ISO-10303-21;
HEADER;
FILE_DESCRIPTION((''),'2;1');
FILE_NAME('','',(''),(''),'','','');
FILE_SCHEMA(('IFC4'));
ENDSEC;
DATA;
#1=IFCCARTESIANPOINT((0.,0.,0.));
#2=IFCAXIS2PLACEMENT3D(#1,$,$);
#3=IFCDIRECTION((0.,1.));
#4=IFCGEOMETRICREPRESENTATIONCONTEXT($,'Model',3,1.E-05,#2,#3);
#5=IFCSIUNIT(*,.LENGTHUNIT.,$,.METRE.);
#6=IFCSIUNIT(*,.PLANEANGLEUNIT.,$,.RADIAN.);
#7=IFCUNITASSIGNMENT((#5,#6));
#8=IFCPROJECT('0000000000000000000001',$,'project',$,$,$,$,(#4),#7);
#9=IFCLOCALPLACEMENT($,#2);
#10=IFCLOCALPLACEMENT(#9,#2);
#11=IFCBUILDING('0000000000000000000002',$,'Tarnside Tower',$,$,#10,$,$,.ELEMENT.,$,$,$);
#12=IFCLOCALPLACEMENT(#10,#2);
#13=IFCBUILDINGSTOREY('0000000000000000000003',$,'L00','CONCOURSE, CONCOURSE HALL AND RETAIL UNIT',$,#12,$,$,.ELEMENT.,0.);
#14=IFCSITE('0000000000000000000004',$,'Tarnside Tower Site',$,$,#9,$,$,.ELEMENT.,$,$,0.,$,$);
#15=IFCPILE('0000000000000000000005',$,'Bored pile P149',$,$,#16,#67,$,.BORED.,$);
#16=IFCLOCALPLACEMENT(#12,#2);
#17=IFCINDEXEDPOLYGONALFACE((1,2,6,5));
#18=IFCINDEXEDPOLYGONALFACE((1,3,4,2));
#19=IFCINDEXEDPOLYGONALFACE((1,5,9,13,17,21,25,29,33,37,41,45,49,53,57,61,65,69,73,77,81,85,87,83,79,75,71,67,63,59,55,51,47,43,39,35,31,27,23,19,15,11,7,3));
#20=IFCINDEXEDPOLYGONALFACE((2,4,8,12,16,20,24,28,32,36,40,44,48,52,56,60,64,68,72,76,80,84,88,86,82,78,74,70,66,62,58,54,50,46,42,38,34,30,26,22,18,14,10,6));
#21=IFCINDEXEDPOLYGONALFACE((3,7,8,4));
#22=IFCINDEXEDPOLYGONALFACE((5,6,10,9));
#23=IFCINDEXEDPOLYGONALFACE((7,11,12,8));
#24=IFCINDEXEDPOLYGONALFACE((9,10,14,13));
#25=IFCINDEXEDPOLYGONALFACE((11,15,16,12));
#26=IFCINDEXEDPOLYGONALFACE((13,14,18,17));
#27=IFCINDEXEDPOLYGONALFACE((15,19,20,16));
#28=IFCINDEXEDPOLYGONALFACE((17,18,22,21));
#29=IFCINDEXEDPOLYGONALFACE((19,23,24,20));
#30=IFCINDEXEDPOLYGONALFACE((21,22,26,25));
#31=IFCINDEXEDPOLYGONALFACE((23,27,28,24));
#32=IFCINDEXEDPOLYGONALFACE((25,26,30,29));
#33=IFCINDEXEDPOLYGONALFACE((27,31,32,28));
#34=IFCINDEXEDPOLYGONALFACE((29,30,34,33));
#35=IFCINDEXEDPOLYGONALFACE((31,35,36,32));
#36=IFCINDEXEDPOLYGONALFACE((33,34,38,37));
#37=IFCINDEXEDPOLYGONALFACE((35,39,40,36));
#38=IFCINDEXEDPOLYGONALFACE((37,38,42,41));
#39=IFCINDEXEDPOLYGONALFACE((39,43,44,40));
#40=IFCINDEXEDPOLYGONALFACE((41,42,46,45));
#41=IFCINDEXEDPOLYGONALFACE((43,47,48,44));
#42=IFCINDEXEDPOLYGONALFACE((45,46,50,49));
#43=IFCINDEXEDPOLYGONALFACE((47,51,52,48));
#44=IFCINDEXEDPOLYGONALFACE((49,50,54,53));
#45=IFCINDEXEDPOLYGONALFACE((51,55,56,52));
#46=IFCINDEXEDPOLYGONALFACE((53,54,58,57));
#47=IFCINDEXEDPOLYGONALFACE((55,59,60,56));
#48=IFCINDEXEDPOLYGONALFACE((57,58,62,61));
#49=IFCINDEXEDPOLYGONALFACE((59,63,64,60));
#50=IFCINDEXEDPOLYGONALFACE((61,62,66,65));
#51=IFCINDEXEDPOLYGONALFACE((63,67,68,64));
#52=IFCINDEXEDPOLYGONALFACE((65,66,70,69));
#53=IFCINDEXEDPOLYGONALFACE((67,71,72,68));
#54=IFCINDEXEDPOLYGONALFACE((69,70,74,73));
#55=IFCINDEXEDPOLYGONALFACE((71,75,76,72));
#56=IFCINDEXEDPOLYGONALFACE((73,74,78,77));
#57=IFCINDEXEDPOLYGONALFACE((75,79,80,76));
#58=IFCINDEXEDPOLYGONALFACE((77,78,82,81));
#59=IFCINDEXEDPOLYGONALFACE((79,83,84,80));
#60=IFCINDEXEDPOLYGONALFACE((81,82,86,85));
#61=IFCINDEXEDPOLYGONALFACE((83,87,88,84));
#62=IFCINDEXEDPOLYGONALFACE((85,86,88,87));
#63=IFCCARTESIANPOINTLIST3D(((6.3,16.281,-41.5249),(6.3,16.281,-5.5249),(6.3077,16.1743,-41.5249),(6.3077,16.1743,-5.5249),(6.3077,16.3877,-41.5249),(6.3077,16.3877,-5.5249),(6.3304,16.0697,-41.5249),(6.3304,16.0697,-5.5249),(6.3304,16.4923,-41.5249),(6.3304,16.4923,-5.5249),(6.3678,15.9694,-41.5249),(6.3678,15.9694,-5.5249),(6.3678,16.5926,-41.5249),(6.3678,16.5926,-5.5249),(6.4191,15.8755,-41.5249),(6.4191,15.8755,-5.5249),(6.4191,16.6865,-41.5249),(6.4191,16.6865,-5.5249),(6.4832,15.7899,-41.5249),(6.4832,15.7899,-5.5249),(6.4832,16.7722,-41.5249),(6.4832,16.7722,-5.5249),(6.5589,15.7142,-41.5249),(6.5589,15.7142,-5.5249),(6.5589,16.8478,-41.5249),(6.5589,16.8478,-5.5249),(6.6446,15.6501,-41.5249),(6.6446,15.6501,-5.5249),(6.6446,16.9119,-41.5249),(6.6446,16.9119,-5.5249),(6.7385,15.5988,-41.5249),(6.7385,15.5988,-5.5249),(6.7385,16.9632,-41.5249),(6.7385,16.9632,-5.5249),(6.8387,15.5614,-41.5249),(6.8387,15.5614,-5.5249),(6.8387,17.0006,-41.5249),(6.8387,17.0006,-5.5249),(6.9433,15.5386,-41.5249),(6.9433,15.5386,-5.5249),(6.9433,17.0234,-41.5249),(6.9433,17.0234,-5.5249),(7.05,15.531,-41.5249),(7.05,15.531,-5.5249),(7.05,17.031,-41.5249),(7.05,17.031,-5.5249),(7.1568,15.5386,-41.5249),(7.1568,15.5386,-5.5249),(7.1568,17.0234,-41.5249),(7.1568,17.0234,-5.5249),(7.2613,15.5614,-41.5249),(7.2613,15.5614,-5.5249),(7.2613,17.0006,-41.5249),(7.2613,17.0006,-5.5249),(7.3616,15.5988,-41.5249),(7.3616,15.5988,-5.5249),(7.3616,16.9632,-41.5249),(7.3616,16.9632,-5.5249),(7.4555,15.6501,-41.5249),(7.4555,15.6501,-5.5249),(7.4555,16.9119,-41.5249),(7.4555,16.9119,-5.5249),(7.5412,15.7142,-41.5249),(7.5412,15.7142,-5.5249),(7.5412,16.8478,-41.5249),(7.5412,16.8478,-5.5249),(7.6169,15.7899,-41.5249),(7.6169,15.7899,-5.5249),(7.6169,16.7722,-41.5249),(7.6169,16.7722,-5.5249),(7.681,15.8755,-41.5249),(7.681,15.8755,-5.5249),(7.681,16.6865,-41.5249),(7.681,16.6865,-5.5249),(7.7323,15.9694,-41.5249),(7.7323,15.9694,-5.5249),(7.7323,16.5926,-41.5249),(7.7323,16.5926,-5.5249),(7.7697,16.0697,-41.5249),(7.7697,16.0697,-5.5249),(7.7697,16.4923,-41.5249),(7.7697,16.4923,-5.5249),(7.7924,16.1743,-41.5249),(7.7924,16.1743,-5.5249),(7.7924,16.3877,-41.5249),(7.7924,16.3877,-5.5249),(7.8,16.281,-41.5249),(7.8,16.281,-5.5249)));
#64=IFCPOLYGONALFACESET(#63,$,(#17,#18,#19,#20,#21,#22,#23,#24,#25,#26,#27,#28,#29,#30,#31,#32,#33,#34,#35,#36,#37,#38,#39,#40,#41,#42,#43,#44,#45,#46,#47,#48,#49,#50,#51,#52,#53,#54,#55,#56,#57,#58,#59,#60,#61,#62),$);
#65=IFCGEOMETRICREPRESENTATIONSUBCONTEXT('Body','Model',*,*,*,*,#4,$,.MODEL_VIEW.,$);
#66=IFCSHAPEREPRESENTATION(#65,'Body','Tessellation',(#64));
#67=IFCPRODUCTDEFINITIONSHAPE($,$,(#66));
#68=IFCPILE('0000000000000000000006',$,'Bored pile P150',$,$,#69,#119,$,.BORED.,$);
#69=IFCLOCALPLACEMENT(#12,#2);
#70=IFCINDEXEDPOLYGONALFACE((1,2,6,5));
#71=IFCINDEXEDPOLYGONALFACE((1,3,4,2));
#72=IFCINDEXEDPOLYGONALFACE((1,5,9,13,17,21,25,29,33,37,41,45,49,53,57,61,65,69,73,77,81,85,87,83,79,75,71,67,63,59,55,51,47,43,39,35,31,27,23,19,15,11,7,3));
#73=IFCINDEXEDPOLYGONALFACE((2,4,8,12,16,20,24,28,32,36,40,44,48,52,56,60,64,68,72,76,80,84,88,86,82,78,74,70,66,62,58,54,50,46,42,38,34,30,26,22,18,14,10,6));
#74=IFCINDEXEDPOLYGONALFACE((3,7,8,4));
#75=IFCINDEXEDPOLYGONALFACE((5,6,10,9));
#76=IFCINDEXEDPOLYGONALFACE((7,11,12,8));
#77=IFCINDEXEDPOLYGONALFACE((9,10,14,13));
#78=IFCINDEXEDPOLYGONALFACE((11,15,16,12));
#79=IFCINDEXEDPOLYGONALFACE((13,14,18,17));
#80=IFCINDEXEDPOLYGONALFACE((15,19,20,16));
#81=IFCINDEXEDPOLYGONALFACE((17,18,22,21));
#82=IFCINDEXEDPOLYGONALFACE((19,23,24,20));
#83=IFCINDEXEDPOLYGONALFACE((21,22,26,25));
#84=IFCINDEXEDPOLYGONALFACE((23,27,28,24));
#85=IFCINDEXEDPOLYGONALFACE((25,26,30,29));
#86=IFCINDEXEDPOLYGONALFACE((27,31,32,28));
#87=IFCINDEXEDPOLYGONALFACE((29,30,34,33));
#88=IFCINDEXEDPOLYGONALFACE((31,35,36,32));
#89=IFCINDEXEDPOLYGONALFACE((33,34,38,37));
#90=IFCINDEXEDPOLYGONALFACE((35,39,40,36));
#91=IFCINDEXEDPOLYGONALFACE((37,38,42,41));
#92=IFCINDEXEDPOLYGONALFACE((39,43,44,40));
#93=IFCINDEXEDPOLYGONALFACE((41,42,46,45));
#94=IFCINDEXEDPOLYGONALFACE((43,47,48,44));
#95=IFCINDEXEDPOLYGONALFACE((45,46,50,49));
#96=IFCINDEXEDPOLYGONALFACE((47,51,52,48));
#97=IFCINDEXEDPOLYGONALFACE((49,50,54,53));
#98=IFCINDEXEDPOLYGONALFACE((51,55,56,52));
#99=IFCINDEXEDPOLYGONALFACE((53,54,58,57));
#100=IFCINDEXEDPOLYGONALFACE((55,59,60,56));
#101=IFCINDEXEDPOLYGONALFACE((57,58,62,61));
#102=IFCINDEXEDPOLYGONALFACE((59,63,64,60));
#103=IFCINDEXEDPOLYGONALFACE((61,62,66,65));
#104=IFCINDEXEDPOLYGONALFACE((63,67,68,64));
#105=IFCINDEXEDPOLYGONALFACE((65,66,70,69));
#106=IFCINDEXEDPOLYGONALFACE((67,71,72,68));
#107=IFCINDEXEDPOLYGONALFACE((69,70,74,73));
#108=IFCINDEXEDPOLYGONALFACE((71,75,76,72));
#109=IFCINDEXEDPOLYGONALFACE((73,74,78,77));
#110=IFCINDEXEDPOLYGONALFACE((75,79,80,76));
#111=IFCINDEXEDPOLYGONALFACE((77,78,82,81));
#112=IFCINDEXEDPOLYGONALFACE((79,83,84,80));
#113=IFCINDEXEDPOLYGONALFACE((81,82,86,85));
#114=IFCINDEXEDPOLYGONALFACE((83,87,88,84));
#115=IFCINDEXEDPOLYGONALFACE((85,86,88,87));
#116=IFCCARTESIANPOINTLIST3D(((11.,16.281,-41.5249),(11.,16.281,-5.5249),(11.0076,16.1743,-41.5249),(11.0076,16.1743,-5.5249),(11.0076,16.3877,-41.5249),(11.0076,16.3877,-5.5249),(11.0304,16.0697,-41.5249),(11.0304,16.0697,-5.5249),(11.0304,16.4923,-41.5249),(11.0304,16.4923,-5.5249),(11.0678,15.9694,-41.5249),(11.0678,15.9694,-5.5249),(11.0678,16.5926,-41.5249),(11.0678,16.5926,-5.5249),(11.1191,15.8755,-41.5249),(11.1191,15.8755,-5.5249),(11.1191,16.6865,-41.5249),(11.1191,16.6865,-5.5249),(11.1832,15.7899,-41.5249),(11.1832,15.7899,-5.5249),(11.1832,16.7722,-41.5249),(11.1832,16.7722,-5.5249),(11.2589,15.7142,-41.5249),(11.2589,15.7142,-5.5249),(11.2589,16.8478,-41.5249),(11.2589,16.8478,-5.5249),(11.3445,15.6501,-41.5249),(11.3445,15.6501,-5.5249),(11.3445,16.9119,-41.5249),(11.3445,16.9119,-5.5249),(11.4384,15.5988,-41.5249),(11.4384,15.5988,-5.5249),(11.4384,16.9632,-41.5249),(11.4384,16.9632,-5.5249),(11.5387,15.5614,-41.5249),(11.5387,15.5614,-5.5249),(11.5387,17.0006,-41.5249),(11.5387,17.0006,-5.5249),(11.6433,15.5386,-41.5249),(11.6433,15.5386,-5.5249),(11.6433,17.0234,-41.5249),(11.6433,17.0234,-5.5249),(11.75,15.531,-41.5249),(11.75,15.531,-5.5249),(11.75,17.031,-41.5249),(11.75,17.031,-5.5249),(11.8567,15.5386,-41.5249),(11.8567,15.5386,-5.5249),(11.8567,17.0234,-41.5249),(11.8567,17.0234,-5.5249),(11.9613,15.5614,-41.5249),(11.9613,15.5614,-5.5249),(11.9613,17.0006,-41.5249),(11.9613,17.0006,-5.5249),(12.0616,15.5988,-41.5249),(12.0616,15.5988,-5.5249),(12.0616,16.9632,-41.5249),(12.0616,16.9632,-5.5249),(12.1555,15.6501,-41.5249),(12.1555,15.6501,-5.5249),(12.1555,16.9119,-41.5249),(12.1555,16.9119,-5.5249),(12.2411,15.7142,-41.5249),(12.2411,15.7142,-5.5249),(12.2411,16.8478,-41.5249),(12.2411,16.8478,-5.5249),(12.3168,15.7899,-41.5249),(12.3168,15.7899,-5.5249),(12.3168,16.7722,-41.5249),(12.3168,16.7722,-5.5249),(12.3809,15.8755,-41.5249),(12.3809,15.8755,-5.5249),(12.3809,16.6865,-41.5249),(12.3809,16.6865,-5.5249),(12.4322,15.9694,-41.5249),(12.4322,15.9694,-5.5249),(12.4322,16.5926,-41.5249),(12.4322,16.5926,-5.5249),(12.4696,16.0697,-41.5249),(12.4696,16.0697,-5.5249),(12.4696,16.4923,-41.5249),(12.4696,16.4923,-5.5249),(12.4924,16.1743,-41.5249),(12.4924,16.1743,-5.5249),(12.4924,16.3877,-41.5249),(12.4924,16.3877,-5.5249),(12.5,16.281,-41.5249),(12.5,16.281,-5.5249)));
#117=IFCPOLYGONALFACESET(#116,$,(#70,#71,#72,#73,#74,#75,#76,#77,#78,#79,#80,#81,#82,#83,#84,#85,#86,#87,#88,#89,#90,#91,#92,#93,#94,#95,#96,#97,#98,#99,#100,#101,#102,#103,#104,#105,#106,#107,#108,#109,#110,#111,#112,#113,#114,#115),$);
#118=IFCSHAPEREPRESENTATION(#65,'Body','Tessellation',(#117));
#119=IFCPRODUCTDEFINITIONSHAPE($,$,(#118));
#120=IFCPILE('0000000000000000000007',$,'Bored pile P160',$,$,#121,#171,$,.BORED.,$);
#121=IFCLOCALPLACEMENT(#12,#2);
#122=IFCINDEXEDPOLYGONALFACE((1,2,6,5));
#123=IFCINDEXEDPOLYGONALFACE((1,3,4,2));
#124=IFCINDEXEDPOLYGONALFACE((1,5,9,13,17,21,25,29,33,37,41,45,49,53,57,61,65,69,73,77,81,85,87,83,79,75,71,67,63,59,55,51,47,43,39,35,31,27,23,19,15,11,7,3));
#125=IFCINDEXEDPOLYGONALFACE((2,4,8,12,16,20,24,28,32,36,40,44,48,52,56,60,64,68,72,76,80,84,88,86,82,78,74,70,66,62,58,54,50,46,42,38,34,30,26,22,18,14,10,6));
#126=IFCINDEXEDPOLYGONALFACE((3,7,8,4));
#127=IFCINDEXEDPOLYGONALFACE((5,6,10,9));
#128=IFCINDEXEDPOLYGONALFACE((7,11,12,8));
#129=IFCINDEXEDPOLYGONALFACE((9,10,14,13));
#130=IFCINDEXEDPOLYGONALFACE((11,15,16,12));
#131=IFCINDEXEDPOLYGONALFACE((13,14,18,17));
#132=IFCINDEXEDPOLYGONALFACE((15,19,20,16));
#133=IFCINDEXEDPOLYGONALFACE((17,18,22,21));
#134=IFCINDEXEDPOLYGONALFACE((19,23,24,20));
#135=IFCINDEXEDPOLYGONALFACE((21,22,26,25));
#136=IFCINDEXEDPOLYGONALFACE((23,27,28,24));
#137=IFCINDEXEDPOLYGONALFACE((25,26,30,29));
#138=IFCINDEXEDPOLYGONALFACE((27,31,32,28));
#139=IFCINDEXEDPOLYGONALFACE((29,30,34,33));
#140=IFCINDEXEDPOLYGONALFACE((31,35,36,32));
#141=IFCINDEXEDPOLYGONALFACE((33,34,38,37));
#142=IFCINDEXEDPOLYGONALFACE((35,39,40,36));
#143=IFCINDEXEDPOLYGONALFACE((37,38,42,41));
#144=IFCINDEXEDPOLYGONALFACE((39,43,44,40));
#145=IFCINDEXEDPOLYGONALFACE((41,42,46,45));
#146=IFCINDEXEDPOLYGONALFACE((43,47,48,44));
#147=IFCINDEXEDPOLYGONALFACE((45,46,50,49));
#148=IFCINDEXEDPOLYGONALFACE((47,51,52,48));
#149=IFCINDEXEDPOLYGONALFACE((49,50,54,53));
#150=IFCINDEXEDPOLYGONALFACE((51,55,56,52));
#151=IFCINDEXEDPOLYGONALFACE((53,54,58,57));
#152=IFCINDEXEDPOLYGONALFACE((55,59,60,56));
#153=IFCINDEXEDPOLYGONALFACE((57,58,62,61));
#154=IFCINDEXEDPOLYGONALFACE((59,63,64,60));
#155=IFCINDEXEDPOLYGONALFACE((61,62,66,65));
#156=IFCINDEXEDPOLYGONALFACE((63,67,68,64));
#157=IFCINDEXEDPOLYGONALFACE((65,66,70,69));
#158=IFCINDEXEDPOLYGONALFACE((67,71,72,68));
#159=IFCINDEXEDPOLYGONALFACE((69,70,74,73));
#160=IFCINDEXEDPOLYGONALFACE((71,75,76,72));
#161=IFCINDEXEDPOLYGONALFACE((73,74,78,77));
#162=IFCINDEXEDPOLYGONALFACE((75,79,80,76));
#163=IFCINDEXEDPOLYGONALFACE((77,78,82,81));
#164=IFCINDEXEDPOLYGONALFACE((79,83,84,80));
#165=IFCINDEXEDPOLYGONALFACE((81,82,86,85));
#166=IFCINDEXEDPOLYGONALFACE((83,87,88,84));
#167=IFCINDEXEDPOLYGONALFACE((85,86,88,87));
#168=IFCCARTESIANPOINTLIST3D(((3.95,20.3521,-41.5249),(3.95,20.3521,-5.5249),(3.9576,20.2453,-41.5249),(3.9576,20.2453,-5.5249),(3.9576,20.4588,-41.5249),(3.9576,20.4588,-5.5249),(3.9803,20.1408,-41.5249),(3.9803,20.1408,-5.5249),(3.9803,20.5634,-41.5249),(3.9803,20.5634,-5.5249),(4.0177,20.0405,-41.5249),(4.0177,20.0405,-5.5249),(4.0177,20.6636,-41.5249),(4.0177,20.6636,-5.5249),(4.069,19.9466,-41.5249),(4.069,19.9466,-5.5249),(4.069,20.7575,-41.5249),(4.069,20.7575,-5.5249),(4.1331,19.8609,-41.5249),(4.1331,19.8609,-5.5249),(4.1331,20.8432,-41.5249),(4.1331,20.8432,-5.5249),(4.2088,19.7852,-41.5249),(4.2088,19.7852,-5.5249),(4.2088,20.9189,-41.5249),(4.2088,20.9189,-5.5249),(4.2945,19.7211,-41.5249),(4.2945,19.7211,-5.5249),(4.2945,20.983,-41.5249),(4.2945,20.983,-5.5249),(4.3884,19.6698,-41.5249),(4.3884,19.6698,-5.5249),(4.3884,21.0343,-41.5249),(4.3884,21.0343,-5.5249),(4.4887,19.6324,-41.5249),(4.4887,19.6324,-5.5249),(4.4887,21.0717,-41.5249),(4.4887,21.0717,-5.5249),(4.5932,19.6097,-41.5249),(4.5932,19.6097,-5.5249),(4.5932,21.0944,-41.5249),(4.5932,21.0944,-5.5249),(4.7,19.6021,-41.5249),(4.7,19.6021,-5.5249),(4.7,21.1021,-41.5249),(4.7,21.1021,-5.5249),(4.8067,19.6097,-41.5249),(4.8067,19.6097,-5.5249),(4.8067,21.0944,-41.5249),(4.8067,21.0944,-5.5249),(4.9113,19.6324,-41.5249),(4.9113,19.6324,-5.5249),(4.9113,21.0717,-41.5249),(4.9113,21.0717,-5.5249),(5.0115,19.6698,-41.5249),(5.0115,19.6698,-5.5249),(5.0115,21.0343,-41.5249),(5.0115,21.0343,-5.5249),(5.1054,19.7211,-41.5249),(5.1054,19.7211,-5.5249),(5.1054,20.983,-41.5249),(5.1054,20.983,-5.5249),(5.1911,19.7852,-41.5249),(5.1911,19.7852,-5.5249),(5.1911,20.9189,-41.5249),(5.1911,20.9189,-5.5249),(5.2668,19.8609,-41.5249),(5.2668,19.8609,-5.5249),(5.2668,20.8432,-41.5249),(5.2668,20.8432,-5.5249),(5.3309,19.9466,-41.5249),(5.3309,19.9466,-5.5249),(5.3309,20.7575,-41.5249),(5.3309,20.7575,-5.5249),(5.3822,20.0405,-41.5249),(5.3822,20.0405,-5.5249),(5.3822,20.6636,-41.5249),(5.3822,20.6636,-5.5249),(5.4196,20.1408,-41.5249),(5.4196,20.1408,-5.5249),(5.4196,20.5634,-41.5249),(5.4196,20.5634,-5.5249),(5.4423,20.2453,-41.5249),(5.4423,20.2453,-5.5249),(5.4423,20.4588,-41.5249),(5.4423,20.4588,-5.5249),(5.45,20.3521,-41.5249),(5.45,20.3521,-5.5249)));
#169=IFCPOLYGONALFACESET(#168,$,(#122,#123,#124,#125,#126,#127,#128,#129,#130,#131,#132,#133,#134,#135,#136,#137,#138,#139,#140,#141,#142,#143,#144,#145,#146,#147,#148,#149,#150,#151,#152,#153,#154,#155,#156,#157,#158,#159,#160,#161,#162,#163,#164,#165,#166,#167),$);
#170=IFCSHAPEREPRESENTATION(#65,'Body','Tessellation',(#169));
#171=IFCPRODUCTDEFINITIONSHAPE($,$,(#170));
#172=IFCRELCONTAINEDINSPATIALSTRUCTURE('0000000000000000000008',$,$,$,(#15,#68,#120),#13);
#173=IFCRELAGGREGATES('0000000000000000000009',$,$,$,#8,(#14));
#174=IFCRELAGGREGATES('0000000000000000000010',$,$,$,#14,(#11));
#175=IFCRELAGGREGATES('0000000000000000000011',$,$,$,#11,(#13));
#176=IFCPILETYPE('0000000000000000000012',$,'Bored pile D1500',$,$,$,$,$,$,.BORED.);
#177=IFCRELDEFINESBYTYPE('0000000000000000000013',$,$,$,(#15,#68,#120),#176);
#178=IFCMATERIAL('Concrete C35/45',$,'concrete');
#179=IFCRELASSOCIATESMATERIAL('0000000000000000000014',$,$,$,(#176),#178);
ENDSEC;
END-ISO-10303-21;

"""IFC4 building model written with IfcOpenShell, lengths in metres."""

from ifc_helpers import new_model, si_unit, direction, frame, origin, origin_2d, place, context, subcontext, project, spatial, circle, extrude, material, material_profile, profile_set, type_object, element, save


model = new_model("IFC4")

# Units and contexts
model_context = context("Model", 3, precision=1e-05, world=origin(), true_north=direction((0.0, 1.0)))
body_context = subcontext(model_context, "Body", "Model", "MODEL_VIEW")
ifc_project = project(units=[si_unit("LENGTHUNIT", "METRE"), si_unit("PLANEANGLEUNIT", "RADIAN")], contexts=[model_context])

# Site, building, storey
site_placement = place(None, origin())
site = spatial("IfcSite", under=ifc_project, at=site_placement, Name="Tarnside Tower Site", CompositionType="ELEMENT", RefElevation=0.0)
building_placement = place(site_placement, origin())
building = spatial("IfcBuilding", under=site, at=building_placement, Name="Tarnside Tower", CompositionType="ELEMENT")
storey_placement = place(building_placement, origin())
storey = spatial("IfcBuildingStorey", under=building, at=storey_placement, Name="L00", Description="CONCOURSE, CONCOURSE HALL AND RETAIL UNIT", CompositionType="ELEMENT", Elevation=0.0)

# Piles
ifc_material_1 = material(Name="Concrete C35/45", Category="concrete")
ifc_material_profile_1 = material_profile(ifc_material_1, circle(Radius=0.75, at=origin_2d()), Name="Bored pile D1500")
ifc_profile_set_1 = profile_set([ifc_material_profile_1], Name="Concrete C35/45")
pile_type = type_object("IfcPileType", Name="Bored pile D1500", PredefinedType="BORED", material=ifc_profile_set_1)
for number, where, z_axis, x_axis, name in (
    (1, (7.05, 16.281, -5.5249), (0.0, 0.0, -1.0), (1.0, 0.0, 0.0), "Bored pile P149"),
    (2, (11.75, 16.281, -5.5249), (0.0, 0.0, -1.0), (1.0, 0.0, 0.0), "Bored pile P150"),
    (3, (4.7, 20.3521, -5.5249), (0.0, 0.0, -1.0), (1.0, 0.0, 0.0), "Bored pile P160"),
):
    element("IfcPile", number, at=place(storey_placement, frame(where, z_axis=z_axis, x_axis=x_axis)), inside=storey, type_object=pile_type, Name=name, PredefinedType="BORED", context=body_context, shape_type="SweptSolid", body=[
        extrude(circle(Radius=0.75, at=origin_2d()), origin(), (0.0, 0.0, 1.0), 36.0),
    ])

save(model, "model.ifc")
